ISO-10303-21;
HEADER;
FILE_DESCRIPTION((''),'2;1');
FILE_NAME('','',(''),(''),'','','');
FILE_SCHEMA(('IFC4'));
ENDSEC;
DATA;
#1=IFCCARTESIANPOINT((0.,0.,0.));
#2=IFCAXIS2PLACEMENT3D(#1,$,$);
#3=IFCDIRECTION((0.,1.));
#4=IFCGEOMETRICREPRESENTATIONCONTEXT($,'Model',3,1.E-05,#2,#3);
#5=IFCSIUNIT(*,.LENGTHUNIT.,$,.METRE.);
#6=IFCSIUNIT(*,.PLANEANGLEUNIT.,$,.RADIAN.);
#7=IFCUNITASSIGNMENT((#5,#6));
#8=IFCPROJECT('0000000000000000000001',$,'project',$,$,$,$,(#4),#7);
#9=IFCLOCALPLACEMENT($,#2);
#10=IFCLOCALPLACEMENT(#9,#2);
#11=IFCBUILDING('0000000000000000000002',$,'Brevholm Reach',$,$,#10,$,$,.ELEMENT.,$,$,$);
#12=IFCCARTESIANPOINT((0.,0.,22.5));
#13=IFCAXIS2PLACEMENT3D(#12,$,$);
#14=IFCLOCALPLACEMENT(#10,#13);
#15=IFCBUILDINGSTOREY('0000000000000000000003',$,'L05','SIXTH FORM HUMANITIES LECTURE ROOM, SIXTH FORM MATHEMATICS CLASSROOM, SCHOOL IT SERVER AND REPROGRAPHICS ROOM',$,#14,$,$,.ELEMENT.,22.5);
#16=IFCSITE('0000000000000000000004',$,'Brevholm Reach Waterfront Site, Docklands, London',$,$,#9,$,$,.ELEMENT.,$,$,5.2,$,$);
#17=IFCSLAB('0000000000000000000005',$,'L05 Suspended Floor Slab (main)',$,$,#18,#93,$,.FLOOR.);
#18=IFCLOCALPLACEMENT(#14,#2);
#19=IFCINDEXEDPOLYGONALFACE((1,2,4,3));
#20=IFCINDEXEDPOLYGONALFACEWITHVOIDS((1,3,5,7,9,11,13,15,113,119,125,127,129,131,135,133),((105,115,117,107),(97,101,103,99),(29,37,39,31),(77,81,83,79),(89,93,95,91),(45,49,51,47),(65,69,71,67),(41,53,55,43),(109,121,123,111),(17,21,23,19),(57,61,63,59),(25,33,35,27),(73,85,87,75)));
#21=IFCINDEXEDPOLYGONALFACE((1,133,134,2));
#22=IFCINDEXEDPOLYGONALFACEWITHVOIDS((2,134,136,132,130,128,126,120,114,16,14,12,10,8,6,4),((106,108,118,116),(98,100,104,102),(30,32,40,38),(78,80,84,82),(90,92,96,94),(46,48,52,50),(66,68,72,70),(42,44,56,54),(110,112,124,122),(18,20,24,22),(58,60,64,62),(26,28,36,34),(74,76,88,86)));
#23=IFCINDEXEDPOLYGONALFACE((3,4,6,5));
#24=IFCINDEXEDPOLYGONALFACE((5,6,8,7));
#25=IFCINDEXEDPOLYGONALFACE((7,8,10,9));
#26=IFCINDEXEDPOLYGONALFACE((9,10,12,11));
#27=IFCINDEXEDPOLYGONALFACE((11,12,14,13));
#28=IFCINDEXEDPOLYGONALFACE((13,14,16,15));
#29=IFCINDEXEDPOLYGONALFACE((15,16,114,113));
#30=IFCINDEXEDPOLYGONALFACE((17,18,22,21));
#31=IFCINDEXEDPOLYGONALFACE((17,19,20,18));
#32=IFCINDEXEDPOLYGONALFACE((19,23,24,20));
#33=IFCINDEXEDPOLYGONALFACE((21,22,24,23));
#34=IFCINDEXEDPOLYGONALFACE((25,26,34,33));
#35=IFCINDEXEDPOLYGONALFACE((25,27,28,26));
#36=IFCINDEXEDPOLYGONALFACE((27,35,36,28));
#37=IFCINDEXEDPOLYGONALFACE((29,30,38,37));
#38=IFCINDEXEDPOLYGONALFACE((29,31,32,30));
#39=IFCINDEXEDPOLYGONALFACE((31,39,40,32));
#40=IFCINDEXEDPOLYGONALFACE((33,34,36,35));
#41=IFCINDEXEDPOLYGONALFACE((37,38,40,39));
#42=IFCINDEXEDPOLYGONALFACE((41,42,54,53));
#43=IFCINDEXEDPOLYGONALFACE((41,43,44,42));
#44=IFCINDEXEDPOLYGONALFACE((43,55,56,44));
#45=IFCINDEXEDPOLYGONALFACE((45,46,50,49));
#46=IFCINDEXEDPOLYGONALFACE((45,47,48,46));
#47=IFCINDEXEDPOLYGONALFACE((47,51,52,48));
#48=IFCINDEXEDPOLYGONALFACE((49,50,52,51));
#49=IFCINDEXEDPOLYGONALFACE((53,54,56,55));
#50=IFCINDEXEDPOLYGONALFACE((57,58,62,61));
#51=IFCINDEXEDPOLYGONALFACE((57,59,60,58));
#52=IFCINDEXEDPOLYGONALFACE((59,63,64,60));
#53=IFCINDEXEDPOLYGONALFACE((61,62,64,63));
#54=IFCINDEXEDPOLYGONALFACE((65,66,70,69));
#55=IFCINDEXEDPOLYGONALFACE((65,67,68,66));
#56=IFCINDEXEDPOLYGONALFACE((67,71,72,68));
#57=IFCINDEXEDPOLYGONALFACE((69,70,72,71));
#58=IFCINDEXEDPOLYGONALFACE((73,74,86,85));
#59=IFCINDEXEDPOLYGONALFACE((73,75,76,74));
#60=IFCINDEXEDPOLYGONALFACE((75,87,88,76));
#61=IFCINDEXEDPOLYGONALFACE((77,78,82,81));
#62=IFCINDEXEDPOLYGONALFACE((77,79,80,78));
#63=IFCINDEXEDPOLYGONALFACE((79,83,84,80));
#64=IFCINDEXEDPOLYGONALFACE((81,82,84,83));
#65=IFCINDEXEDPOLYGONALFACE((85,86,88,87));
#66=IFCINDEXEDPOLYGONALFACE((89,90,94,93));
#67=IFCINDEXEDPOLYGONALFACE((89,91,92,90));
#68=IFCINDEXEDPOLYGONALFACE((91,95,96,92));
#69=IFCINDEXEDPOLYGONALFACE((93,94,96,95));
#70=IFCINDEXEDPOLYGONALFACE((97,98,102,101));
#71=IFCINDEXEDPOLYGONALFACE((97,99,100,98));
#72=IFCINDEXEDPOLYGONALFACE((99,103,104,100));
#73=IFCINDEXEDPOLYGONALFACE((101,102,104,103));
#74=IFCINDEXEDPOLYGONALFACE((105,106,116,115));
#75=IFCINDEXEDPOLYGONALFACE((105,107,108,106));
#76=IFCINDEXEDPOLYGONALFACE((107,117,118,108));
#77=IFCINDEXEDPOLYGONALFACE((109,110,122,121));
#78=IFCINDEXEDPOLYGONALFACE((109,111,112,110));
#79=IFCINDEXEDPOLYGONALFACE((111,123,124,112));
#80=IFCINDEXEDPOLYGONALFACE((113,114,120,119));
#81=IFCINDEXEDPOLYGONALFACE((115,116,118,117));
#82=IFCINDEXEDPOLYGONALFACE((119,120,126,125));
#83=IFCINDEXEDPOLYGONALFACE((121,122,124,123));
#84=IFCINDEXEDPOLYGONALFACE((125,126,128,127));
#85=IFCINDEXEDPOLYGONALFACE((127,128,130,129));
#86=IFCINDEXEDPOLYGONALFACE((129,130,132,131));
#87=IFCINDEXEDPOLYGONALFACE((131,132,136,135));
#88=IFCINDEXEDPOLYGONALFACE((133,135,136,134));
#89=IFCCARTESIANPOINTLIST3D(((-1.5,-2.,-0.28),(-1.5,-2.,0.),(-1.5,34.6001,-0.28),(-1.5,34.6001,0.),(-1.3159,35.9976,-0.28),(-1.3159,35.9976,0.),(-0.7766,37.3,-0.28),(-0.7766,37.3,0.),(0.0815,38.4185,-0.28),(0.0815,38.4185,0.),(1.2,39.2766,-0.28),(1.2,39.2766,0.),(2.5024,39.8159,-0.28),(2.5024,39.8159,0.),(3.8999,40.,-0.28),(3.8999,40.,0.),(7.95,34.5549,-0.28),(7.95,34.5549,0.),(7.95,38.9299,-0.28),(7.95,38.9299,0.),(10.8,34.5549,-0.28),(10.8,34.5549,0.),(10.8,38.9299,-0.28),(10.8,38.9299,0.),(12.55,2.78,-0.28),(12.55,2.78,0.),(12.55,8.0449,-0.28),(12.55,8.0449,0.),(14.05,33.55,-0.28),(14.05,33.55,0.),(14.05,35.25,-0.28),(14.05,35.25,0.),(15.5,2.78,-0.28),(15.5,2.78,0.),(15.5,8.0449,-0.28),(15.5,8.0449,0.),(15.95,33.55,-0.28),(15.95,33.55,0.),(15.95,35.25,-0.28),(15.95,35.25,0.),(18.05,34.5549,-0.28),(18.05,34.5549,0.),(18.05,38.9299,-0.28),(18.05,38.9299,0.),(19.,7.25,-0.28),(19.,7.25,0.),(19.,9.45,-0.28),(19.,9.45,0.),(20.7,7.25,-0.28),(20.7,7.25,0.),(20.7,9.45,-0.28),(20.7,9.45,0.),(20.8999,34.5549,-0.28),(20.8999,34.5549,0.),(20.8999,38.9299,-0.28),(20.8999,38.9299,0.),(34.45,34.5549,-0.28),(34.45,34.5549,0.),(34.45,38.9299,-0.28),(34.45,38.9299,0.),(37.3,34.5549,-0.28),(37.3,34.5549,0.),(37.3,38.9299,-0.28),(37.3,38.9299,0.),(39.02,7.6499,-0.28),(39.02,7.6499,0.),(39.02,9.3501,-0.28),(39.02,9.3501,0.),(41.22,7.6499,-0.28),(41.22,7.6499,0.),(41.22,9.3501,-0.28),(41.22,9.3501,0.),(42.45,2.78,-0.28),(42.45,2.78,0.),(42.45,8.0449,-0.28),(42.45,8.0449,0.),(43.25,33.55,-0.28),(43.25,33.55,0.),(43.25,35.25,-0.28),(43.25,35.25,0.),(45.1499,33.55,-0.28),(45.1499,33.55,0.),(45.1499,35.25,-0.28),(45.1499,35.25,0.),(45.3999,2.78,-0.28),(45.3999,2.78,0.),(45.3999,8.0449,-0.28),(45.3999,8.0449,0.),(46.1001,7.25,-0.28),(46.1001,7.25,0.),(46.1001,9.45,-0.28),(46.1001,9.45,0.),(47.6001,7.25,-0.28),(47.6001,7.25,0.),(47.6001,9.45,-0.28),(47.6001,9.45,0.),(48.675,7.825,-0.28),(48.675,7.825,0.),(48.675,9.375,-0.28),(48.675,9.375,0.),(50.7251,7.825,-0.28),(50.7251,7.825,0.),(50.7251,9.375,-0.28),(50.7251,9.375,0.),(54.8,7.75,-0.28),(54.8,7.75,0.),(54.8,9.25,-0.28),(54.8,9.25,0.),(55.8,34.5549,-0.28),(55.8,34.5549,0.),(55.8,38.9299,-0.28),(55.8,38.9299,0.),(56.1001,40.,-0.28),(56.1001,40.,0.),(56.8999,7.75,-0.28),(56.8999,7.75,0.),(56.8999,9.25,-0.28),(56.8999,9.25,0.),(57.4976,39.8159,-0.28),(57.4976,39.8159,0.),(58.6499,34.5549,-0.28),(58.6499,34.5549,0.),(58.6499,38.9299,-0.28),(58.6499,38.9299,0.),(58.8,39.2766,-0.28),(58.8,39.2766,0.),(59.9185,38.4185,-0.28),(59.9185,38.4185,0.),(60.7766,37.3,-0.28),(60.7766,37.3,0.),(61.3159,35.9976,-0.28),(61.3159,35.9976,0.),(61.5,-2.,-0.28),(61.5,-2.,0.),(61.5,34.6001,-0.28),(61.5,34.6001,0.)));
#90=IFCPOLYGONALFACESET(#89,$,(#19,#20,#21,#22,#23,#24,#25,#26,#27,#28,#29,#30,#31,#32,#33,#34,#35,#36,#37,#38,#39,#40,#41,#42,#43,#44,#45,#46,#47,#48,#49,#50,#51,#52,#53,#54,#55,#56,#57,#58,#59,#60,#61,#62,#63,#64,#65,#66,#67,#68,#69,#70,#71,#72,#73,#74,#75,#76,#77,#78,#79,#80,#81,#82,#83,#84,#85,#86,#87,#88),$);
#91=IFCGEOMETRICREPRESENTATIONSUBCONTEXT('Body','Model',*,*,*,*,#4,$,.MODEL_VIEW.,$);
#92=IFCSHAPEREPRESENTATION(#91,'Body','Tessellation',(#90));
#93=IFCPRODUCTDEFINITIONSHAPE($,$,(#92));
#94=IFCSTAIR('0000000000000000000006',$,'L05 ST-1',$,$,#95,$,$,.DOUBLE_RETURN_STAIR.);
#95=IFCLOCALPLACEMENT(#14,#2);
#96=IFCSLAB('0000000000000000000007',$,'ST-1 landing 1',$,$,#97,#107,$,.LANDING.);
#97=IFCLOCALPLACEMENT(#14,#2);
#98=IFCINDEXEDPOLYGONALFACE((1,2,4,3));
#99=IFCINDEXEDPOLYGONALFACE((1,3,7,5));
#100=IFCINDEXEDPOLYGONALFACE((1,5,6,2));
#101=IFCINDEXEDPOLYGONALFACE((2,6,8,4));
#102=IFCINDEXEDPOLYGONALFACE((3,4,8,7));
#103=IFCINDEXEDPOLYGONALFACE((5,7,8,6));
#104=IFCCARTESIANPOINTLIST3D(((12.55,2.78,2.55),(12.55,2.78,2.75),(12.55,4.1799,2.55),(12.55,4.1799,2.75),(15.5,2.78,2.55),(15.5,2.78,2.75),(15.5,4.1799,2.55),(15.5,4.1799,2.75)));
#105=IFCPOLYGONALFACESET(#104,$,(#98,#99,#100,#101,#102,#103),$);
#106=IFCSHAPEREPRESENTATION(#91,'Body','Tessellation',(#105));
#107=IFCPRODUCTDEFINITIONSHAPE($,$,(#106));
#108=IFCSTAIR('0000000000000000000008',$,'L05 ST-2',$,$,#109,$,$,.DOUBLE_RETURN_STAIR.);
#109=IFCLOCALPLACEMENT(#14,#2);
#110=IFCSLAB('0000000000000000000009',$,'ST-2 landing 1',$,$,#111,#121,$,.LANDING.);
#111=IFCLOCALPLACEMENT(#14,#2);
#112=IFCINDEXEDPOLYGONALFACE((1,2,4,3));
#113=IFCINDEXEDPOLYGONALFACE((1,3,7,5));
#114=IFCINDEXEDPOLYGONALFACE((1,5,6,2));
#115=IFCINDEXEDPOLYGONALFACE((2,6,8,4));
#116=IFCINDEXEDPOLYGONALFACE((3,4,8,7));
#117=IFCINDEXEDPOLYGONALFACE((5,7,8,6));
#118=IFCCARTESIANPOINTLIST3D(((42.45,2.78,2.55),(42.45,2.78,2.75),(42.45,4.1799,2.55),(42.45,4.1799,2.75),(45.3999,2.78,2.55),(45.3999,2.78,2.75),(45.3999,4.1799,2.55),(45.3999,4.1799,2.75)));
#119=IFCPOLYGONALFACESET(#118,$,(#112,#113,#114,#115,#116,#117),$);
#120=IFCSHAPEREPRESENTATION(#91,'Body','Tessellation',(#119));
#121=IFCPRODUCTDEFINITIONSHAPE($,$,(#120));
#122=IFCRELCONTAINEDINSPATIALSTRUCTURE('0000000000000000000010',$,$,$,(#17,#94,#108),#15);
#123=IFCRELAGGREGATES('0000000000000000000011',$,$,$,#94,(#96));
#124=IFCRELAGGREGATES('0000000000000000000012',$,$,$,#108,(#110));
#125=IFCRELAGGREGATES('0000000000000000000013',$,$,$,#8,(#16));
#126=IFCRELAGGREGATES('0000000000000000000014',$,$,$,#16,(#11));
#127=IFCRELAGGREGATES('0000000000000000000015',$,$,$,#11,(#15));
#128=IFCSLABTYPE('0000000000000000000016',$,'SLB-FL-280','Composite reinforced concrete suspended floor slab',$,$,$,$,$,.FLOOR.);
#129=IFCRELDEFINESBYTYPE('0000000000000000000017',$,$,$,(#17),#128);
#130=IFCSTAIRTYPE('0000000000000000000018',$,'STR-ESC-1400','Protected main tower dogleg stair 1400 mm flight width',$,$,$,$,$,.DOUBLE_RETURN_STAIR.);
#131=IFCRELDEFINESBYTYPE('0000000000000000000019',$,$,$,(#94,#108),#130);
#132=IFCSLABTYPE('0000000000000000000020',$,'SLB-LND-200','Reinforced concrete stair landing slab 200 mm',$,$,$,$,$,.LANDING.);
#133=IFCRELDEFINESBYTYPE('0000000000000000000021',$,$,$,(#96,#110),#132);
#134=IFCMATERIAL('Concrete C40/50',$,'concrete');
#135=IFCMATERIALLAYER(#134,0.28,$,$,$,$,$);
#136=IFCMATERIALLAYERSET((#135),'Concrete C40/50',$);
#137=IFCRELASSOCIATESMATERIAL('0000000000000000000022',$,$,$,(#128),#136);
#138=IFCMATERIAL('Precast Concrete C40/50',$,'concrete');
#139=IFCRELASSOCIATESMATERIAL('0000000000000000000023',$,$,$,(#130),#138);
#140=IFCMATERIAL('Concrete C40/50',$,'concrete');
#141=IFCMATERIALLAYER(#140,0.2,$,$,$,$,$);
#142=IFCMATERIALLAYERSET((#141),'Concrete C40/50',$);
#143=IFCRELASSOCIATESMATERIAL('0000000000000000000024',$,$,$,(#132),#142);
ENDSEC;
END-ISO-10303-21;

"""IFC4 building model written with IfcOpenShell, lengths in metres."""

from ifc_helpers import new_model, si_unit, direction, frame, origin, place, context, subcontext, project, spatial, polyline, outline, extrude, material, layer, layer_set, type_object, element, aggregate, save


model = new_model("IFC4")

# Units and contexts
model_context = context("Model", 3, precision=1e-05, world=origin(), true_north=direction((0.0, 1.0)))
body_context = subcontext(model_context, "Body", "Model", "MODEL_VIEW")
ifc_project = project(units=[si_unit("LENGTHUNIT", "METRE"), si_unit("PLANEANGLEUNIT", "RADIAN")], contexts=[model_context])

# Site, building, storey
site_placement = place(None, origin())
site = spatial("IfcSite", under=ifc_project, at=site_placement, Name="Brevholm Reach Waterfront Site, Docklands, London", CompositionType="ELEMENT", RefElevation=5.2)
building_placement = place(site_placement, origin())
building = spatial("IfcBuilding", under=site, at=building_placement, Name="Brevholm Reach", CompositionType="ELEMENT")
storey_placement = place(building_placement, frame((0.0, 0.0, 22.5)))
storey = spatial("IfcBuildingStorey", under=building, at=storey_placement, Name="L05", Description="SIXTH FORM HUMANITIES LECTURE ROOM, SIXTH FORM MATHEMATICS CLASSROOM, SCHOOL IT SERVER AND REPROGRAPHICS ROOM", CompositionType="ELEMENT", Elevation=22.5)

# Slab
ifc_material_1 = material(Name="Concrete C40/50", Category="concrete")
ifc_layer_1 = layer(ifc_material_1, 0.28)
ifc_layer_set_1 = layer_set([ifc_layer_1], Name="Concrete C40/50")
slab_type_1 = type_object("IfcSlabType", Name="SLB-FL-280", Description="Composite reinforced concrete suspended floor slab", PredefinedType="FLOOR", material=ifc_layer_set_1)
slab_1_placement = place(storey_placement, frame((0.0, 0.0, -0.28)))
element("IfcSlab", 1, at=slab_1_placement, inside=storey, type_object=slab_type_1, Name="L05 Suspended Floor Slab (main)", PredefinedType="FLOOR", context=body_context, shape_type="SweptSolid", body=[
    extrude(outline(polyline([(-1.5, -2.0), (61.5, -2.0), (61.5, 34.6001), (61.3159, 35.9976), (60.7766, 37.3), (59.9185, 38.4185), (58.8, 39.2766), (57.4976, 39.8159), (56.1001, 40.0), (3.8999, 40.0), (2.5024, 39.8159), (1.2, 39.2766), (0.0815, 38.4185), (-0.7766, 37.3), (-1.3159, 35.9976), (-1.5, 34.6001), (-1.5, -2.0)]), holes=[polyline([(12.55, 2.78), (15.5, 2.78), (15.5, 8.0449), (12.55, 8.0449), (12.55, 2.78)]), polyline([(42.45, 2.78), (45.3999, 2.78), (45.3999, 8.0449), (42.45, 8.0449), (42.45, 2.78)]), polyline([(7.95, 34.5549), (10.8, 34.5549), (10.8, 38.9299), (7.95, 38.9299), (7.95, 34.5549)]), polyline([(18.05, 34.5549), (20.8999, 34.5549), (20.8999, 38.9299), (18.05, 38.9299), (18.05, 34.5549)]), polyline([(34.45, 34.5549), (37.3, 34.5549), (37.3, 38.9299), (34.45, 38.9299), (34.45, 34.5549)]), polyline([(55.8, 34.5549), (58.6499, 34.5549), (58.6499, 38.9299), (55.8, 38.9299), (55.8, 34.5549)]), polyline([(19.0, 7.25), (20.7, 7.25), (20.7, 9.45), (19.0, 9.45), (19.0, 7.25)]), polyline([(46.1001, 7.25), (47.6001, 7.25), (47.6001, 9.45), (46.1001, 9.45), (46.1001, 7.25)]), polyline([(48.675, 7.825), (50.7251, 7.825), (50.7251, 9.375), (48.675, 9.375), (48.675, 7.825)]), polyline([(54.8, 7.75), (56.8999, 7.75), (56.8999, 9.25), (54.8, 9.25), (54.8, 7.75)]), polyline([(39.02, 7.6499), (41.22, 7.6499), (41.22, 9.3501), (39.02, 9.3501), (39.02, 7.6499)]), polyline([(14.05, 33.55), (15.95, 33.55), (15.95, 35.25), (14.05, 35.25), (14.05, 33.55)]), polyline([(43.25, 33.55), (45.1499, 33.55), (45.1499, 35.25), (43.25, 35.25), (43.25, 33.55)])]), origin(), (0.0, 0.0, 1.0), 0.28),
])

# Stairs, slabs
ifc_material_2 = material(Name="Precast Concrete C40/50", Category="concrete")
stair_type = type_object("IfcStairType", Name="STR-ESC-1400", Description="Protected main tower dogleg stair 1400 mm flight width", PredefinedType="DOUBLE_RETURN_STAIR", material=ifc_material_2)
stair_1_placement = place(storey_placement, origin())
stair_1 = element("IfcStair", 2, at=stair_1_placement, inside=storey, type_object=stair_type, Name="L05 ST-1", PredefinedType="DOUBLE_RETURN_STAIR")
ifc_material_3 = material(Name="Concrete C40/50", Category="concrete")
ifc_layer_2 = layer(ifc_material_3, 0.2)
ifc_layer_set_2 = layer_set([ifc_layer_2], Name="Concrete C40/50")
slab_type_2 = type_object("IfcSlabType", Name="SLB-LND-200", Description="Reinforced concrete stair landing slab 200 mm", PredefinedType="LANDING", material=ifc_layer_set_2)
slab_2_placement = place(storey_placement, frame((0.0, 0.0, 2.55)))
slab_2 = element("IfcSlab", 3, at=slab_2_placement, type_object=slab_type_2, Name="ST-1 landing 1", PredefinedType="LANDING", context=body_context, shape_type="SweptSolid", body=[
    extrude(outline(polyline([(12.55, 4.1799), (12.55, 2.78), (15.5, 2.78), (15.5, 4.1799), (12.55, 4.1799)])), origin(), (0.0, 0.0, 1.0), 0.2),
])
aggregate(stair_1, [slab_2])
stair_2_placement = place(storey_placement, origin())
stair_2 = element("IfcStair", 4, at=stair_2_placement, inside=storey, type_object=stair_type, Name="L05 ST-2", PredefinedType="DOUBLE_RETURN_STAIR")
slab_3_placement = place(storey_placement, frame((0.0, 0.0, 2.55)))
slab_3 = element("IfcSlab", 5, at=slab_3_placement, type_object=slab_type_2, Name="ST-2 landing 1", PredefinedType="LANDING", context=body_context, shape_type="SweptSolid", body=[
    extrude(outline(polyline([(42.45, 4.1799), (42.45, 2.78), (45.3999, 2.78), (45.3999, 4.1799), (42.45, 4.1799)])), origin(), (0.0, 0.0, 1.0), 0.2),
])
aggregate(stair_2, [slab_3])

save(model, "model.ifc")
